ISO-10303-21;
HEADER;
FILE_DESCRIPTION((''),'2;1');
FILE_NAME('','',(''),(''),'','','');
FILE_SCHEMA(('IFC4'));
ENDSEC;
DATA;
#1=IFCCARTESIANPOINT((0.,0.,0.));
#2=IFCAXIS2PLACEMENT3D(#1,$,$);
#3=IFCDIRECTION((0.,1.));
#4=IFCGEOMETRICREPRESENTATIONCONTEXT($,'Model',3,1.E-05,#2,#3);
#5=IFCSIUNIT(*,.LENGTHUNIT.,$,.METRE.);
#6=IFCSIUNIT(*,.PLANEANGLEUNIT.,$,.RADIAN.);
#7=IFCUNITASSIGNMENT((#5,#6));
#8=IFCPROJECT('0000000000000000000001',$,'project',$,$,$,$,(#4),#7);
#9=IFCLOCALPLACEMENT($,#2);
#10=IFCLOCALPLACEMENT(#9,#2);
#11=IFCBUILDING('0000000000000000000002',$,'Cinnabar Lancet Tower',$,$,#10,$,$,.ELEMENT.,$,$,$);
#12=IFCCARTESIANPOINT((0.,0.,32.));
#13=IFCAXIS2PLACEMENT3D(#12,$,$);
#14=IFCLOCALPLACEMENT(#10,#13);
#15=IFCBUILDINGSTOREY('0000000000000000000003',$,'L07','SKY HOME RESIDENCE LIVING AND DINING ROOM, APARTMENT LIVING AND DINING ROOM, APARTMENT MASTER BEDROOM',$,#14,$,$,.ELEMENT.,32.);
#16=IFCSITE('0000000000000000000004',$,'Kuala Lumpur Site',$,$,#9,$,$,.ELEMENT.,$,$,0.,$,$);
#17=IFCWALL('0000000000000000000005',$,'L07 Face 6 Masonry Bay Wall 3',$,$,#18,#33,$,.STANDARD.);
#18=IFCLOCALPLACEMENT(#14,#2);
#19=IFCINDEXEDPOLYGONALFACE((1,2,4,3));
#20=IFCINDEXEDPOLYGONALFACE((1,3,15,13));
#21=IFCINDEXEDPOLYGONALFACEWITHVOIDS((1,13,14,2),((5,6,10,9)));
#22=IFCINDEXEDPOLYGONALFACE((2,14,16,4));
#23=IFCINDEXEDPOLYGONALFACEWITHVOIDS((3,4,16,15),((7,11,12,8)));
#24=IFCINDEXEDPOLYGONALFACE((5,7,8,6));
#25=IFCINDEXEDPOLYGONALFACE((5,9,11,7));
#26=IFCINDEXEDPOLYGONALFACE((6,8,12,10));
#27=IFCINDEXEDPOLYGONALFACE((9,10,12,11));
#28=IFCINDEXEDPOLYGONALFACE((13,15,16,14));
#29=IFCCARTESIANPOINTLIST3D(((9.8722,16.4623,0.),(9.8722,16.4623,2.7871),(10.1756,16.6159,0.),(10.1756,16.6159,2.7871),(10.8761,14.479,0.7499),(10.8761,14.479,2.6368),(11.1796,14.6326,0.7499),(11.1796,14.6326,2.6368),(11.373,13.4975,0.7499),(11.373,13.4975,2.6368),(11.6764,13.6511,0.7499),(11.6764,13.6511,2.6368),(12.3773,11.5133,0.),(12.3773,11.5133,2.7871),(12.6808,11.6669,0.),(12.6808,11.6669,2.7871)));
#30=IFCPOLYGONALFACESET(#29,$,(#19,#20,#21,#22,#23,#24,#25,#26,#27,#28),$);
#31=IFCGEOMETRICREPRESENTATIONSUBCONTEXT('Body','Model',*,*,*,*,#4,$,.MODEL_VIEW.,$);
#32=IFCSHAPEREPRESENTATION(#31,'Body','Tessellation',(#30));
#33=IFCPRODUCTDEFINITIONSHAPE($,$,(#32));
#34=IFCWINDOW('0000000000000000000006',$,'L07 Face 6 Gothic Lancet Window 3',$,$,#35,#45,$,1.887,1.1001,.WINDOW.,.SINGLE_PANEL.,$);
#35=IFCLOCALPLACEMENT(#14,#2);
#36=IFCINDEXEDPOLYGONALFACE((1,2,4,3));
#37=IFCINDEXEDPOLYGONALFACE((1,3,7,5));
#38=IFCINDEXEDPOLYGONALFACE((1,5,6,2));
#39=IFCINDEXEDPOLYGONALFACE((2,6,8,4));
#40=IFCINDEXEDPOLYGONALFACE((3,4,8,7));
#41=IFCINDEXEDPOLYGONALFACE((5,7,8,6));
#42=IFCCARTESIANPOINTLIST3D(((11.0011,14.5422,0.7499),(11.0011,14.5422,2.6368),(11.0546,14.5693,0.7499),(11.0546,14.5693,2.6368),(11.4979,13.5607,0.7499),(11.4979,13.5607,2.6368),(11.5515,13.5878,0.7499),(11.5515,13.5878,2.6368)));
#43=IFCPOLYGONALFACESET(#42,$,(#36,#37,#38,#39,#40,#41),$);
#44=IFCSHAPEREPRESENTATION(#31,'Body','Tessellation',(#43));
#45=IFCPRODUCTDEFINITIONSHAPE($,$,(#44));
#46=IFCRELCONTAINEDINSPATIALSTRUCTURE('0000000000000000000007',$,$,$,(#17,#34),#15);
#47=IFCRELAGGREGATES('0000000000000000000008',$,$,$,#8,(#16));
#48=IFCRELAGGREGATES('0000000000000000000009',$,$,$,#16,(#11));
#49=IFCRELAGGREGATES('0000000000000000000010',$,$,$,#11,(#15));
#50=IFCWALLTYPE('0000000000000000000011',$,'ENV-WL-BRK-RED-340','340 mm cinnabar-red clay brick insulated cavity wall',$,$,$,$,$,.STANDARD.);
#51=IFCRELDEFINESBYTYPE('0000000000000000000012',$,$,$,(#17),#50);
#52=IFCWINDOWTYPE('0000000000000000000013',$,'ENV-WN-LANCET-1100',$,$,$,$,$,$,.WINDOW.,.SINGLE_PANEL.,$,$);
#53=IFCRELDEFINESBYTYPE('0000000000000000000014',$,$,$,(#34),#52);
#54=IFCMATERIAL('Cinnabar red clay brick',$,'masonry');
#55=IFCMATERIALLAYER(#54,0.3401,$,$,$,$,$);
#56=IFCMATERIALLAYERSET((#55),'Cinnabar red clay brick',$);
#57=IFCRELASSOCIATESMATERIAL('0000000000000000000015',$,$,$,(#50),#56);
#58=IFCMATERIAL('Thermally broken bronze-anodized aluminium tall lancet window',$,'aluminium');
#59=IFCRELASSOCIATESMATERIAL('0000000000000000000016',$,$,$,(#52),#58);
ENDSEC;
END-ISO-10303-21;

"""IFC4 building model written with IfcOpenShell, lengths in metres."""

from ifc_helpers import new_model, si_unit, direction, frame, frame_2d, origin, place, context, subcontext, project, spatial, rectangle, extrude, material, layer, layer_set, type_object, element, fill, save


model = new_model("IFC4")

# Units and contexts
model_context = context("Model", 3, precision=1e-05, world=origin(), true_north=direction((0.0, 1.0)))
body_context = subcontext(model_context, "Body", "Model", "MODEL_VIEW")
ifc_project = project(units=[si_unit("LENGTHUNIT", "METRE"), si_unit("PLANEANGLEUNIT", "RADIAN")], contexts=[model_context])

# Site, building, storey
site_placement = place(None, origin())
site = spatial("IfcSite", under=ifc_project, at=site_placement, Name="Kuala Lumpur Site", CompositionType="ELEMENT", RefElevation=0.0)
building_placement = place(site_placement, origin())
building = spatial("IfcBuilding", under=site, at=building_placement, Name="Cinnabar Lancet Tower", CompositionType="ELEMENT")
storey_placement = place(building_placement, frame((0.0, 0.0, 32.0)))
storey = spatial("IfcBuildingStorey", under=building, at=storey_placement, Name="L07", Description="SKY HOME RESIDENCE LIVING AND DINING ROOM, APARTMENT LIVING AND DINING ROOM, APARTMENT MASTER BEDROOM", CompositionType="ELEMENT", Elevation=32.0)

# Shared definitions
ifc_material_1 = material(Name="Cinnabar red clay brick", Category="masonry")
ifc_layer_1 = layer(ifc_material_1, 0.3401)
ifc_layer_set_1 = layer_set([ifc_layer_1], Name="Cinnabar red clay brick")
wall_type_1 = type_object("IfcWallType", Name="ENV-WL-BRK-RED-340", Description="340 mm cinnabar-red clay brick insulated cavity wall", PredefinedType="STANDARD", material=ifc_layer_set_1)

# Wall, opening, window
ifc_material_2 = material(Name="Thermally broken bronze-anodized aluminium tall lancet window", Category="aluminium")
window_type = type_object("IfcWindowType", Name="ENV-WN-LANCET-1100", PartitioningType="SINGLE_PANEL", PredefinedType="WINDOW", material=ifc_material_2)
wall_1_placement = place(storey_placement, frame((10.0239, 16.5391, 0.0), z_axis=(0.0, 0.0, 1.0), x_axis=(0.451627, -0.892207, 0.0)))
wall_1 = element("IfcWall", 1, at=wall_1_placement, inside=storey, type_object=wall_type_1, Name="L07 Face 6 Masonry Bay Wall 3", PredefinedType="STANDARD", context=body_context, shape_type="SweptSolid", body=[
    extrude(rectangle(XDim=5.5469, YDim=0.3401, at=frame_2d((2.7734, 0.0))), origin(), (0.0, 0.0, 1.0), 2.7871),
])
opening_1_placement = place(wall_1_placement, frame((2.2229, 0.0, 0.75)))
opening_1 = element("IfcOpeningElement", 2, at=opening_1_placement, cuts=wall_1, PredefinedType="OPENING", context=body_context, shape_type="SweptSolid", body=[
    extrude(rectangle(XDim=1.1001, YDim=1.887, at=frame_2d((0.55, 0.9434))), frame((0.0, 0.1799, 0.0), z_axis=(0.0, -1.0, 0.0), x_axis=(1.0, 0.0, 0.0)), (0.0, 0.0, 1.0), 0.3601),
])
window_1_placement = place(opening_1_placement, origin())
window_1 = element("IfcWindow", 3, at=window_1_placement, inside=storey, type_object=window_type, Name="L07 Face 6 Gothic Lancet Window 3", OverallHeight=1.887, OverallWidth=1.1001, PartitioningType="SINGLE_PANEL", PredefinedType="WINDOW", context=body_context, shape_type="SweptSolid", body=[
    extrude(rectangle(XDim=1.1001, YDim=1.887, at=frame_2d((0.55, 0.9434))), frame((0.0, 0.03, 0.0), z_axis=(0.0, -1.0, 0.0), x_axis=(1.0, 0.0, 0.0)), (0.0, 0.0, 1.0), 0.0601),
])
fill(opening_1, window_1)

save(model, "model.ifc")
